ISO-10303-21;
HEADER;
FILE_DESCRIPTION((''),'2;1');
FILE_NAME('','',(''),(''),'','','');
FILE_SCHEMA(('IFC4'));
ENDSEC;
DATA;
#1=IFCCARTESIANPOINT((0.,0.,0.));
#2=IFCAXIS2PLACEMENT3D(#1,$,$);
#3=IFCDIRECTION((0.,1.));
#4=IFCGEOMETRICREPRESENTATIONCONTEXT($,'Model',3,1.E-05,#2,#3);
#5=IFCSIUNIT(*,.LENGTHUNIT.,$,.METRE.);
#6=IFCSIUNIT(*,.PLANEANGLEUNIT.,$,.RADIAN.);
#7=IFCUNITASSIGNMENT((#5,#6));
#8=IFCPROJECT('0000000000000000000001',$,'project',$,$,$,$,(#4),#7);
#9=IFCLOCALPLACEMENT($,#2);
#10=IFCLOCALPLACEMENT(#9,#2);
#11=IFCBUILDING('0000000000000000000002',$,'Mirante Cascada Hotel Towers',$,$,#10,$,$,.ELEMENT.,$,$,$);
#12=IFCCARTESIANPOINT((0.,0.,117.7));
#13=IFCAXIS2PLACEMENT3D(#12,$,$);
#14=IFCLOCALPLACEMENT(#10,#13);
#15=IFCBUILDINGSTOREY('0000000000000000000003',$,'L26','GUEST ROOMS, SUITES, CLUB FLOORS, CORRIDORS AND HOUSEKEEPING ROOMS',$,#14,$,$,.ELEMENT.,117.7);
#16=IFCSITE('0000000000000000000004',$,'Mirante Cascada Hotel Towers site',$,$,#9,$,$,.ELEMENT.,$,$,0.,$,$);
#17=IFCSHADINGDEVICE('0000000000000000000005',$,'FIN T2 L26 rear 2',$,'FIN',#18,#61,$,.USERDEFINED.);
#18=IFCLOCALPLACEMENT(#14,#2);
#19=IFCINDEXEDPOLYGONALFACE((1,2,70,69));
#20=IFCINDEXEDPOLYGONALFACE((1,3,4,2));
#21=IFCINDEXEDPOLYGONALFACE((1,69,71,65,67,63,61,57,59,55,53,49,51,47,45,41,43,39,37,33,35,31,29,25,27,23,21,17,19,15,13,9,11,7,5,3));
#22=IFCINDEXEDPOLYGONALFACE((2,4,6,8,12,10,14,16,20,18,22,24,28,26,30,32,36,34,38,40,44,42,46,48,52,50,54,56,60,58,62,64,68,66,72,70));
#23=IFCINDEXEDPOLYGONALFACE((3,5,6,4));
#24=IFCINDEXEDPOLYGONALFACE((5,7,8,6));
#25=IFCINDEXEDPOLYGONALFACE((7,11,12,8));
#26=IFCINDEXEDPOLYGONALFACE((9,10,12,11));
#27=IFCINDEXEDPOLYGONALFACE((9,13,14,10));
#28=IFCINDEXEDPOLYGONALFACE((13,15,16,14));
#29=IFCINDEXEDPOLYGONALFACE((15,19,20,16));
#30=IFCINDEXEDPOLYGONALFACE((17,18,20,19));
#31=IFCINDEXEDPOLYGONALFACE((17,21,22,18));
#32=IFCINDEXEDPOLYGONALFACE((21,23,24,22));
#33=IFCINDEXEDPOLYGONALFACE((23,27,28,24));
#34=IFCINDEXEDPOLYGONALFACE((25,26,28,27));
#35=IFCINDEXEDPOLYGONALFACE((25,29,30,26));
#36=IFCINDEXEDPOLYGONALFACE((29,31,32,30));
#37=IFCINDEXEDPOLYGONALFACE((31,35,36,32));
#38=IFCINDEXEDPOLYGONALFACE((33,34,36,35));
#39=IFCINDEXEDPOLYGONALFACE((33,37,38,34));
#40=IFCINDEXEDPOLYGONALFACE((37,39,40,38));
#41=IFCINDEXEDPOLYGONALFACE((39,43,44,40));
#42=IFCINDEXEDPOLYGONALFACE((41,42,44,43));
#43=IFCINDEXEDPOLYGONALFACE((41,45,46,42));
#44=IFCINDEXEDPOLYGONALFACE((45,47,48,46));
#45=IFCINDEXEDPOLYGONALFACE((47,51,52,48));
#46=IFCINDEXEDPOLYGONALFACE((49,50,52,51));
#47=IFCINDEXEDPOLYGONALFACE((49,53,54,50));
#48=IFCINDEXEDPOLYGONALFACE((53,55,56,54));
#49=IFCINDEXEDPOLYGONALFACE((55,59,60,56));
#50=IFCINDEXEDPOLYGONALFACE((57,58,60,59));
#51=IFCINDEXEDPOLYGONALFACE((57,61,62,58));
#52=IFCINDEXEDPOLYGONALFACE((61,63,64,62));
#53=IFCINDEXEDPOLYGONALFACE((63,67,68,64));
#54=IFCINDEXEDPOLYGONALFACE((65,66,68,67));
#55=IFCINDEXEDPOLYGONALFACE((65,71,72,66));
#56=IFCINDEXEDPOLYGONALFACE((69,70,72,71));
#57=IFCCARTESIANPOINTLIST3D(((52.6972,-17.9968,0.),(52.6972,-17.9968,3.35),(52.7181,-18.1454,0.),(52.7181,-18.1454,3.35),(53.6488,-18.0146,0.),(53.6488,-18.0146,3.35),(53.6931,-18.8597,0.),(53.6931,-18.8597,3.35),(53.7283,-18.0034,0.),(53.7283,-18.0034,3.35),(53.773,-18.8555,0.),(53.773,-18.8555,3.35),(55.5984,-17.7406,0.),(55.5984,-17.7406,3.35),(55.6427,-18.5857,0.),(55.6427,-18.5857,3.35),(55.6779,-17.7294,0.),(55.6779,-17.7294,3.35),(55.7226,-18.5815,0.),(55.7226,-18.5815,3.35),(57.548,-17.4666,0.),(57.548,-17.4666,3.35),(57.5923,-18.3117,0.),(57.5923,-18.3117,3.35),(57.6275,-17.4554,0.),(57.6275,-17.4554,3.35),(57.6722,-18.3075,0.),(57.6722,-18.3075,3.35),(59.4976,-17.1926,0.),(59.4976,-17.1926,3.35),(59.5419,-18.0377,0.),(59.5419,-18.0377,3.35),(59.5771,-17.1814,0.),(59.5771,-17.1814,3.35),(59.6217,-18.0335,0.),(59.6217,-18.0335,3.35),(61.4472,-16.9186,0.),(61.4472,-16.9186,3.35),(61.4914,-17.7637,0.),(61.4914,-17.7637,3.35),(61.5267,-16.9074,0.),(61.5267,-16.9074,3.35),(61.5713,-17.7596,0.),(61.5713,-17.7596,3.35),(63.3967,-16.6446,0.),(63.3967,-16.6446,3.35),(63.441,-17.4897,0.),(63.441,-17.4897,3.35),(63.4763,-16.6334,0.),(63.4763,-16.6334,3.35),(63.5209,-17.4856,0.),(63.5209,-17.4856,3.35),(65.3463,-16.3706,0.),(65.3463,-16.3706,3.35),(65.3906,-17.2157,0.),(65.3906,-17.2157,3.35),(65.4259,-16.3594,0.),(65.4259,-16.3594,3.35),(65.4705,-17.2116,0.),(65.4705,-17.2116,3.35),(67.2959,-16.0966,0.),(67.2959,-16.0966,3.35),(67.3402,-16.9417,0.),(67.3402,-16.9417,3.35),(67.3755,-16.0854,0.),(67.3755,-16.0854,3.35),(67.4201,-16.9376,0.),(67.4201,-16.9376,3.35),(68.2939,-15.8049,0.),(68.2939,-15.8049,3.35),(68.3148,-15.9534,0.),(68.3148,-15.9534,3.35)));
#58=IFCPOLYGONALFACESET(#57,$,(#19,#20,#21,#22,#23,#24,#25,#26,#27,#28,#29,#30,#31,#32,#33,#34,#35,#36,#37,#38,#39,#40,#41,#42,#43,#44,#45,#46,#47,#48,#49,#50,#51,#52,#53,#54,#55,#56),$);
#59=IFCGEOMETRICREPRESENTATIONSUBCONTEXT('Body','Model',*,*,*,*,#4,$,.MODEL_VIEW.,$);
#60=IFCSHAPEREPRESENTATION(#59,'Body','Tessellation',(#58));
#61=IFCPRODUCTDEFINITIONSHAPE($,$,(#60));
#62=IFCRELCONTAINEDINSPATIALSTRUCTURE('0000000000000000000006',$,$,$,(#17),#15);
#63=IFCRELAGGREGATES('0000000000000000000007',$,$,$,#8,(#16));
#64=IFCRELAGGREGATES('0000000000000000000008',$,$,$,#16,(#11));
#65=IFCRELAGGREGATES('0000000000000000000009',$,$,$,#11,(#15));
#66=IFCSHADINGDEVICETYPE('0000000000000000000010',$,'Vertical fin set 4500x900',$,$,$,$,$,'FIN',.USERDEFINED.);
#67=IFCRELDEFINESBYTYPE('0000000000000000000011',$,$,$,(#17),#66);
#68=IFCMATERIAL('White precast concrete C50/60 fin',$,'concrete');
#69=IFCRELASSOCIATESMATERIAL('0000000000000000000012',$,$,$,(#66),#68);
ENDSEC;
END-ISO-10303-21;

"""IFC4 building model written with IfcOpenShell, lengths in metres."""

from ifc_helpers import new_model, si_unit, direction, frame, origin, place, context, subcontext, project, spatial, polyline, outline, extrude, material, type_object, element, save


model = new_model("IFC4")

# Units and contexts
model_context = context("Model", 3, precision=1e-05, world=origin(), true_north=direction((0.0, 1.0)))
body_context = subcontext(model_context, "Body", "Model", "MODEL_VIEW")
ifc_project = project(units=[si_unit("LENGTHUNIT", "METRE"), si_unit("PLANEANGLEUNIT", "RADIAN")], contexts=[model_context])

# Site, building, storey
site_placement = place(None, origin())
site = spatial("IfcSite", under=ifc_project, at=site_placement, Name="Mirante Cascada Hotel Towers site", CompositionType="ELEMENT", RefElevation=0.0)
building_placement = place(site_placement, origin())
building = spatial("IfcBuilding", under=site, at=building_placement, Name="Mirante Cascada Hotel Towers", CompositionType="ELEMENT")
storey_placement = place(building_placement, frame((0.0, 0.0, 117.7)))
storey = spatial("IfcBuildingStorey", under=building, at=storey_placement, Name="L26", Description="GUEST ROOMS, SUITES, CLUB FLOORS, CORRIDORS AND HOUSEKEEPING ROOMS", CompositionType="ELEMENT", Elevation=117.7)

# Shading device
ifc_material_1 = material(Name="White precast concrete C50/60 fin", Category="concrete")
shading_device_type = type_object("IfcShadingDeviceType", Name="Vertical fin set 4500x900", ElementType="FIN", PredefinedType="USERDEFINED", material=ifc_material_1)
shading_device_1_placement = place(storey_placement, origin())
element("IfcShadingDevice", 1, at=shading_device_1_placement, inside=storey, type_object=shading_device_type, Name="FIN T2 L26 rear 2", ObjectType="FIN", PredefinedType="USERDEFINED", context=body_context, shape_type="SweptSolid", body=[
    extrude(outline(polyline([(53.6931, -18.8597), (53.6488, -18.0146), (52.7181, -18.1454), (52.6972, -17.9968), (68.2939, -15.8049), (68.3148, -15.9534), (67.3755, -16.0854), (67.4201, -16.9376), (67.3402, -16.9417), (67.2959, -16.0966), (65.4259, -16.3594), (65.4705, -17.2116), (65.3906, -17.2157), (65.3463, -16.3706), (63.4763, -16.6334), (63.5209, -17.4856), (63.441, -17.4897), (63.3967, -16.6446), (61.5267, -16.9074), (61.5713, -17.7596), (61.4914, -17.7637), (61.4472, -16.9186), (59.5771, -17.1814), (59.6217, -18.0335), (59.5419, -18.0377), (59.4976, -17.1926), (57.6275, -17.4554), (57.6722, -18.3075), (57.5923, -18.3117), (57.548, -17.4666), (55.6779, -17.7294), (55.7226, -18.5815), (55.6427, -18.5857), (55.5984, -17.7406), (53.7283, -18.0034), (53.773, -18.8555), (53.6931, -18.8597)])), origin(), (0.0, 0.0, 1.0), 3.35),
])

save(model, "model.ifc")
